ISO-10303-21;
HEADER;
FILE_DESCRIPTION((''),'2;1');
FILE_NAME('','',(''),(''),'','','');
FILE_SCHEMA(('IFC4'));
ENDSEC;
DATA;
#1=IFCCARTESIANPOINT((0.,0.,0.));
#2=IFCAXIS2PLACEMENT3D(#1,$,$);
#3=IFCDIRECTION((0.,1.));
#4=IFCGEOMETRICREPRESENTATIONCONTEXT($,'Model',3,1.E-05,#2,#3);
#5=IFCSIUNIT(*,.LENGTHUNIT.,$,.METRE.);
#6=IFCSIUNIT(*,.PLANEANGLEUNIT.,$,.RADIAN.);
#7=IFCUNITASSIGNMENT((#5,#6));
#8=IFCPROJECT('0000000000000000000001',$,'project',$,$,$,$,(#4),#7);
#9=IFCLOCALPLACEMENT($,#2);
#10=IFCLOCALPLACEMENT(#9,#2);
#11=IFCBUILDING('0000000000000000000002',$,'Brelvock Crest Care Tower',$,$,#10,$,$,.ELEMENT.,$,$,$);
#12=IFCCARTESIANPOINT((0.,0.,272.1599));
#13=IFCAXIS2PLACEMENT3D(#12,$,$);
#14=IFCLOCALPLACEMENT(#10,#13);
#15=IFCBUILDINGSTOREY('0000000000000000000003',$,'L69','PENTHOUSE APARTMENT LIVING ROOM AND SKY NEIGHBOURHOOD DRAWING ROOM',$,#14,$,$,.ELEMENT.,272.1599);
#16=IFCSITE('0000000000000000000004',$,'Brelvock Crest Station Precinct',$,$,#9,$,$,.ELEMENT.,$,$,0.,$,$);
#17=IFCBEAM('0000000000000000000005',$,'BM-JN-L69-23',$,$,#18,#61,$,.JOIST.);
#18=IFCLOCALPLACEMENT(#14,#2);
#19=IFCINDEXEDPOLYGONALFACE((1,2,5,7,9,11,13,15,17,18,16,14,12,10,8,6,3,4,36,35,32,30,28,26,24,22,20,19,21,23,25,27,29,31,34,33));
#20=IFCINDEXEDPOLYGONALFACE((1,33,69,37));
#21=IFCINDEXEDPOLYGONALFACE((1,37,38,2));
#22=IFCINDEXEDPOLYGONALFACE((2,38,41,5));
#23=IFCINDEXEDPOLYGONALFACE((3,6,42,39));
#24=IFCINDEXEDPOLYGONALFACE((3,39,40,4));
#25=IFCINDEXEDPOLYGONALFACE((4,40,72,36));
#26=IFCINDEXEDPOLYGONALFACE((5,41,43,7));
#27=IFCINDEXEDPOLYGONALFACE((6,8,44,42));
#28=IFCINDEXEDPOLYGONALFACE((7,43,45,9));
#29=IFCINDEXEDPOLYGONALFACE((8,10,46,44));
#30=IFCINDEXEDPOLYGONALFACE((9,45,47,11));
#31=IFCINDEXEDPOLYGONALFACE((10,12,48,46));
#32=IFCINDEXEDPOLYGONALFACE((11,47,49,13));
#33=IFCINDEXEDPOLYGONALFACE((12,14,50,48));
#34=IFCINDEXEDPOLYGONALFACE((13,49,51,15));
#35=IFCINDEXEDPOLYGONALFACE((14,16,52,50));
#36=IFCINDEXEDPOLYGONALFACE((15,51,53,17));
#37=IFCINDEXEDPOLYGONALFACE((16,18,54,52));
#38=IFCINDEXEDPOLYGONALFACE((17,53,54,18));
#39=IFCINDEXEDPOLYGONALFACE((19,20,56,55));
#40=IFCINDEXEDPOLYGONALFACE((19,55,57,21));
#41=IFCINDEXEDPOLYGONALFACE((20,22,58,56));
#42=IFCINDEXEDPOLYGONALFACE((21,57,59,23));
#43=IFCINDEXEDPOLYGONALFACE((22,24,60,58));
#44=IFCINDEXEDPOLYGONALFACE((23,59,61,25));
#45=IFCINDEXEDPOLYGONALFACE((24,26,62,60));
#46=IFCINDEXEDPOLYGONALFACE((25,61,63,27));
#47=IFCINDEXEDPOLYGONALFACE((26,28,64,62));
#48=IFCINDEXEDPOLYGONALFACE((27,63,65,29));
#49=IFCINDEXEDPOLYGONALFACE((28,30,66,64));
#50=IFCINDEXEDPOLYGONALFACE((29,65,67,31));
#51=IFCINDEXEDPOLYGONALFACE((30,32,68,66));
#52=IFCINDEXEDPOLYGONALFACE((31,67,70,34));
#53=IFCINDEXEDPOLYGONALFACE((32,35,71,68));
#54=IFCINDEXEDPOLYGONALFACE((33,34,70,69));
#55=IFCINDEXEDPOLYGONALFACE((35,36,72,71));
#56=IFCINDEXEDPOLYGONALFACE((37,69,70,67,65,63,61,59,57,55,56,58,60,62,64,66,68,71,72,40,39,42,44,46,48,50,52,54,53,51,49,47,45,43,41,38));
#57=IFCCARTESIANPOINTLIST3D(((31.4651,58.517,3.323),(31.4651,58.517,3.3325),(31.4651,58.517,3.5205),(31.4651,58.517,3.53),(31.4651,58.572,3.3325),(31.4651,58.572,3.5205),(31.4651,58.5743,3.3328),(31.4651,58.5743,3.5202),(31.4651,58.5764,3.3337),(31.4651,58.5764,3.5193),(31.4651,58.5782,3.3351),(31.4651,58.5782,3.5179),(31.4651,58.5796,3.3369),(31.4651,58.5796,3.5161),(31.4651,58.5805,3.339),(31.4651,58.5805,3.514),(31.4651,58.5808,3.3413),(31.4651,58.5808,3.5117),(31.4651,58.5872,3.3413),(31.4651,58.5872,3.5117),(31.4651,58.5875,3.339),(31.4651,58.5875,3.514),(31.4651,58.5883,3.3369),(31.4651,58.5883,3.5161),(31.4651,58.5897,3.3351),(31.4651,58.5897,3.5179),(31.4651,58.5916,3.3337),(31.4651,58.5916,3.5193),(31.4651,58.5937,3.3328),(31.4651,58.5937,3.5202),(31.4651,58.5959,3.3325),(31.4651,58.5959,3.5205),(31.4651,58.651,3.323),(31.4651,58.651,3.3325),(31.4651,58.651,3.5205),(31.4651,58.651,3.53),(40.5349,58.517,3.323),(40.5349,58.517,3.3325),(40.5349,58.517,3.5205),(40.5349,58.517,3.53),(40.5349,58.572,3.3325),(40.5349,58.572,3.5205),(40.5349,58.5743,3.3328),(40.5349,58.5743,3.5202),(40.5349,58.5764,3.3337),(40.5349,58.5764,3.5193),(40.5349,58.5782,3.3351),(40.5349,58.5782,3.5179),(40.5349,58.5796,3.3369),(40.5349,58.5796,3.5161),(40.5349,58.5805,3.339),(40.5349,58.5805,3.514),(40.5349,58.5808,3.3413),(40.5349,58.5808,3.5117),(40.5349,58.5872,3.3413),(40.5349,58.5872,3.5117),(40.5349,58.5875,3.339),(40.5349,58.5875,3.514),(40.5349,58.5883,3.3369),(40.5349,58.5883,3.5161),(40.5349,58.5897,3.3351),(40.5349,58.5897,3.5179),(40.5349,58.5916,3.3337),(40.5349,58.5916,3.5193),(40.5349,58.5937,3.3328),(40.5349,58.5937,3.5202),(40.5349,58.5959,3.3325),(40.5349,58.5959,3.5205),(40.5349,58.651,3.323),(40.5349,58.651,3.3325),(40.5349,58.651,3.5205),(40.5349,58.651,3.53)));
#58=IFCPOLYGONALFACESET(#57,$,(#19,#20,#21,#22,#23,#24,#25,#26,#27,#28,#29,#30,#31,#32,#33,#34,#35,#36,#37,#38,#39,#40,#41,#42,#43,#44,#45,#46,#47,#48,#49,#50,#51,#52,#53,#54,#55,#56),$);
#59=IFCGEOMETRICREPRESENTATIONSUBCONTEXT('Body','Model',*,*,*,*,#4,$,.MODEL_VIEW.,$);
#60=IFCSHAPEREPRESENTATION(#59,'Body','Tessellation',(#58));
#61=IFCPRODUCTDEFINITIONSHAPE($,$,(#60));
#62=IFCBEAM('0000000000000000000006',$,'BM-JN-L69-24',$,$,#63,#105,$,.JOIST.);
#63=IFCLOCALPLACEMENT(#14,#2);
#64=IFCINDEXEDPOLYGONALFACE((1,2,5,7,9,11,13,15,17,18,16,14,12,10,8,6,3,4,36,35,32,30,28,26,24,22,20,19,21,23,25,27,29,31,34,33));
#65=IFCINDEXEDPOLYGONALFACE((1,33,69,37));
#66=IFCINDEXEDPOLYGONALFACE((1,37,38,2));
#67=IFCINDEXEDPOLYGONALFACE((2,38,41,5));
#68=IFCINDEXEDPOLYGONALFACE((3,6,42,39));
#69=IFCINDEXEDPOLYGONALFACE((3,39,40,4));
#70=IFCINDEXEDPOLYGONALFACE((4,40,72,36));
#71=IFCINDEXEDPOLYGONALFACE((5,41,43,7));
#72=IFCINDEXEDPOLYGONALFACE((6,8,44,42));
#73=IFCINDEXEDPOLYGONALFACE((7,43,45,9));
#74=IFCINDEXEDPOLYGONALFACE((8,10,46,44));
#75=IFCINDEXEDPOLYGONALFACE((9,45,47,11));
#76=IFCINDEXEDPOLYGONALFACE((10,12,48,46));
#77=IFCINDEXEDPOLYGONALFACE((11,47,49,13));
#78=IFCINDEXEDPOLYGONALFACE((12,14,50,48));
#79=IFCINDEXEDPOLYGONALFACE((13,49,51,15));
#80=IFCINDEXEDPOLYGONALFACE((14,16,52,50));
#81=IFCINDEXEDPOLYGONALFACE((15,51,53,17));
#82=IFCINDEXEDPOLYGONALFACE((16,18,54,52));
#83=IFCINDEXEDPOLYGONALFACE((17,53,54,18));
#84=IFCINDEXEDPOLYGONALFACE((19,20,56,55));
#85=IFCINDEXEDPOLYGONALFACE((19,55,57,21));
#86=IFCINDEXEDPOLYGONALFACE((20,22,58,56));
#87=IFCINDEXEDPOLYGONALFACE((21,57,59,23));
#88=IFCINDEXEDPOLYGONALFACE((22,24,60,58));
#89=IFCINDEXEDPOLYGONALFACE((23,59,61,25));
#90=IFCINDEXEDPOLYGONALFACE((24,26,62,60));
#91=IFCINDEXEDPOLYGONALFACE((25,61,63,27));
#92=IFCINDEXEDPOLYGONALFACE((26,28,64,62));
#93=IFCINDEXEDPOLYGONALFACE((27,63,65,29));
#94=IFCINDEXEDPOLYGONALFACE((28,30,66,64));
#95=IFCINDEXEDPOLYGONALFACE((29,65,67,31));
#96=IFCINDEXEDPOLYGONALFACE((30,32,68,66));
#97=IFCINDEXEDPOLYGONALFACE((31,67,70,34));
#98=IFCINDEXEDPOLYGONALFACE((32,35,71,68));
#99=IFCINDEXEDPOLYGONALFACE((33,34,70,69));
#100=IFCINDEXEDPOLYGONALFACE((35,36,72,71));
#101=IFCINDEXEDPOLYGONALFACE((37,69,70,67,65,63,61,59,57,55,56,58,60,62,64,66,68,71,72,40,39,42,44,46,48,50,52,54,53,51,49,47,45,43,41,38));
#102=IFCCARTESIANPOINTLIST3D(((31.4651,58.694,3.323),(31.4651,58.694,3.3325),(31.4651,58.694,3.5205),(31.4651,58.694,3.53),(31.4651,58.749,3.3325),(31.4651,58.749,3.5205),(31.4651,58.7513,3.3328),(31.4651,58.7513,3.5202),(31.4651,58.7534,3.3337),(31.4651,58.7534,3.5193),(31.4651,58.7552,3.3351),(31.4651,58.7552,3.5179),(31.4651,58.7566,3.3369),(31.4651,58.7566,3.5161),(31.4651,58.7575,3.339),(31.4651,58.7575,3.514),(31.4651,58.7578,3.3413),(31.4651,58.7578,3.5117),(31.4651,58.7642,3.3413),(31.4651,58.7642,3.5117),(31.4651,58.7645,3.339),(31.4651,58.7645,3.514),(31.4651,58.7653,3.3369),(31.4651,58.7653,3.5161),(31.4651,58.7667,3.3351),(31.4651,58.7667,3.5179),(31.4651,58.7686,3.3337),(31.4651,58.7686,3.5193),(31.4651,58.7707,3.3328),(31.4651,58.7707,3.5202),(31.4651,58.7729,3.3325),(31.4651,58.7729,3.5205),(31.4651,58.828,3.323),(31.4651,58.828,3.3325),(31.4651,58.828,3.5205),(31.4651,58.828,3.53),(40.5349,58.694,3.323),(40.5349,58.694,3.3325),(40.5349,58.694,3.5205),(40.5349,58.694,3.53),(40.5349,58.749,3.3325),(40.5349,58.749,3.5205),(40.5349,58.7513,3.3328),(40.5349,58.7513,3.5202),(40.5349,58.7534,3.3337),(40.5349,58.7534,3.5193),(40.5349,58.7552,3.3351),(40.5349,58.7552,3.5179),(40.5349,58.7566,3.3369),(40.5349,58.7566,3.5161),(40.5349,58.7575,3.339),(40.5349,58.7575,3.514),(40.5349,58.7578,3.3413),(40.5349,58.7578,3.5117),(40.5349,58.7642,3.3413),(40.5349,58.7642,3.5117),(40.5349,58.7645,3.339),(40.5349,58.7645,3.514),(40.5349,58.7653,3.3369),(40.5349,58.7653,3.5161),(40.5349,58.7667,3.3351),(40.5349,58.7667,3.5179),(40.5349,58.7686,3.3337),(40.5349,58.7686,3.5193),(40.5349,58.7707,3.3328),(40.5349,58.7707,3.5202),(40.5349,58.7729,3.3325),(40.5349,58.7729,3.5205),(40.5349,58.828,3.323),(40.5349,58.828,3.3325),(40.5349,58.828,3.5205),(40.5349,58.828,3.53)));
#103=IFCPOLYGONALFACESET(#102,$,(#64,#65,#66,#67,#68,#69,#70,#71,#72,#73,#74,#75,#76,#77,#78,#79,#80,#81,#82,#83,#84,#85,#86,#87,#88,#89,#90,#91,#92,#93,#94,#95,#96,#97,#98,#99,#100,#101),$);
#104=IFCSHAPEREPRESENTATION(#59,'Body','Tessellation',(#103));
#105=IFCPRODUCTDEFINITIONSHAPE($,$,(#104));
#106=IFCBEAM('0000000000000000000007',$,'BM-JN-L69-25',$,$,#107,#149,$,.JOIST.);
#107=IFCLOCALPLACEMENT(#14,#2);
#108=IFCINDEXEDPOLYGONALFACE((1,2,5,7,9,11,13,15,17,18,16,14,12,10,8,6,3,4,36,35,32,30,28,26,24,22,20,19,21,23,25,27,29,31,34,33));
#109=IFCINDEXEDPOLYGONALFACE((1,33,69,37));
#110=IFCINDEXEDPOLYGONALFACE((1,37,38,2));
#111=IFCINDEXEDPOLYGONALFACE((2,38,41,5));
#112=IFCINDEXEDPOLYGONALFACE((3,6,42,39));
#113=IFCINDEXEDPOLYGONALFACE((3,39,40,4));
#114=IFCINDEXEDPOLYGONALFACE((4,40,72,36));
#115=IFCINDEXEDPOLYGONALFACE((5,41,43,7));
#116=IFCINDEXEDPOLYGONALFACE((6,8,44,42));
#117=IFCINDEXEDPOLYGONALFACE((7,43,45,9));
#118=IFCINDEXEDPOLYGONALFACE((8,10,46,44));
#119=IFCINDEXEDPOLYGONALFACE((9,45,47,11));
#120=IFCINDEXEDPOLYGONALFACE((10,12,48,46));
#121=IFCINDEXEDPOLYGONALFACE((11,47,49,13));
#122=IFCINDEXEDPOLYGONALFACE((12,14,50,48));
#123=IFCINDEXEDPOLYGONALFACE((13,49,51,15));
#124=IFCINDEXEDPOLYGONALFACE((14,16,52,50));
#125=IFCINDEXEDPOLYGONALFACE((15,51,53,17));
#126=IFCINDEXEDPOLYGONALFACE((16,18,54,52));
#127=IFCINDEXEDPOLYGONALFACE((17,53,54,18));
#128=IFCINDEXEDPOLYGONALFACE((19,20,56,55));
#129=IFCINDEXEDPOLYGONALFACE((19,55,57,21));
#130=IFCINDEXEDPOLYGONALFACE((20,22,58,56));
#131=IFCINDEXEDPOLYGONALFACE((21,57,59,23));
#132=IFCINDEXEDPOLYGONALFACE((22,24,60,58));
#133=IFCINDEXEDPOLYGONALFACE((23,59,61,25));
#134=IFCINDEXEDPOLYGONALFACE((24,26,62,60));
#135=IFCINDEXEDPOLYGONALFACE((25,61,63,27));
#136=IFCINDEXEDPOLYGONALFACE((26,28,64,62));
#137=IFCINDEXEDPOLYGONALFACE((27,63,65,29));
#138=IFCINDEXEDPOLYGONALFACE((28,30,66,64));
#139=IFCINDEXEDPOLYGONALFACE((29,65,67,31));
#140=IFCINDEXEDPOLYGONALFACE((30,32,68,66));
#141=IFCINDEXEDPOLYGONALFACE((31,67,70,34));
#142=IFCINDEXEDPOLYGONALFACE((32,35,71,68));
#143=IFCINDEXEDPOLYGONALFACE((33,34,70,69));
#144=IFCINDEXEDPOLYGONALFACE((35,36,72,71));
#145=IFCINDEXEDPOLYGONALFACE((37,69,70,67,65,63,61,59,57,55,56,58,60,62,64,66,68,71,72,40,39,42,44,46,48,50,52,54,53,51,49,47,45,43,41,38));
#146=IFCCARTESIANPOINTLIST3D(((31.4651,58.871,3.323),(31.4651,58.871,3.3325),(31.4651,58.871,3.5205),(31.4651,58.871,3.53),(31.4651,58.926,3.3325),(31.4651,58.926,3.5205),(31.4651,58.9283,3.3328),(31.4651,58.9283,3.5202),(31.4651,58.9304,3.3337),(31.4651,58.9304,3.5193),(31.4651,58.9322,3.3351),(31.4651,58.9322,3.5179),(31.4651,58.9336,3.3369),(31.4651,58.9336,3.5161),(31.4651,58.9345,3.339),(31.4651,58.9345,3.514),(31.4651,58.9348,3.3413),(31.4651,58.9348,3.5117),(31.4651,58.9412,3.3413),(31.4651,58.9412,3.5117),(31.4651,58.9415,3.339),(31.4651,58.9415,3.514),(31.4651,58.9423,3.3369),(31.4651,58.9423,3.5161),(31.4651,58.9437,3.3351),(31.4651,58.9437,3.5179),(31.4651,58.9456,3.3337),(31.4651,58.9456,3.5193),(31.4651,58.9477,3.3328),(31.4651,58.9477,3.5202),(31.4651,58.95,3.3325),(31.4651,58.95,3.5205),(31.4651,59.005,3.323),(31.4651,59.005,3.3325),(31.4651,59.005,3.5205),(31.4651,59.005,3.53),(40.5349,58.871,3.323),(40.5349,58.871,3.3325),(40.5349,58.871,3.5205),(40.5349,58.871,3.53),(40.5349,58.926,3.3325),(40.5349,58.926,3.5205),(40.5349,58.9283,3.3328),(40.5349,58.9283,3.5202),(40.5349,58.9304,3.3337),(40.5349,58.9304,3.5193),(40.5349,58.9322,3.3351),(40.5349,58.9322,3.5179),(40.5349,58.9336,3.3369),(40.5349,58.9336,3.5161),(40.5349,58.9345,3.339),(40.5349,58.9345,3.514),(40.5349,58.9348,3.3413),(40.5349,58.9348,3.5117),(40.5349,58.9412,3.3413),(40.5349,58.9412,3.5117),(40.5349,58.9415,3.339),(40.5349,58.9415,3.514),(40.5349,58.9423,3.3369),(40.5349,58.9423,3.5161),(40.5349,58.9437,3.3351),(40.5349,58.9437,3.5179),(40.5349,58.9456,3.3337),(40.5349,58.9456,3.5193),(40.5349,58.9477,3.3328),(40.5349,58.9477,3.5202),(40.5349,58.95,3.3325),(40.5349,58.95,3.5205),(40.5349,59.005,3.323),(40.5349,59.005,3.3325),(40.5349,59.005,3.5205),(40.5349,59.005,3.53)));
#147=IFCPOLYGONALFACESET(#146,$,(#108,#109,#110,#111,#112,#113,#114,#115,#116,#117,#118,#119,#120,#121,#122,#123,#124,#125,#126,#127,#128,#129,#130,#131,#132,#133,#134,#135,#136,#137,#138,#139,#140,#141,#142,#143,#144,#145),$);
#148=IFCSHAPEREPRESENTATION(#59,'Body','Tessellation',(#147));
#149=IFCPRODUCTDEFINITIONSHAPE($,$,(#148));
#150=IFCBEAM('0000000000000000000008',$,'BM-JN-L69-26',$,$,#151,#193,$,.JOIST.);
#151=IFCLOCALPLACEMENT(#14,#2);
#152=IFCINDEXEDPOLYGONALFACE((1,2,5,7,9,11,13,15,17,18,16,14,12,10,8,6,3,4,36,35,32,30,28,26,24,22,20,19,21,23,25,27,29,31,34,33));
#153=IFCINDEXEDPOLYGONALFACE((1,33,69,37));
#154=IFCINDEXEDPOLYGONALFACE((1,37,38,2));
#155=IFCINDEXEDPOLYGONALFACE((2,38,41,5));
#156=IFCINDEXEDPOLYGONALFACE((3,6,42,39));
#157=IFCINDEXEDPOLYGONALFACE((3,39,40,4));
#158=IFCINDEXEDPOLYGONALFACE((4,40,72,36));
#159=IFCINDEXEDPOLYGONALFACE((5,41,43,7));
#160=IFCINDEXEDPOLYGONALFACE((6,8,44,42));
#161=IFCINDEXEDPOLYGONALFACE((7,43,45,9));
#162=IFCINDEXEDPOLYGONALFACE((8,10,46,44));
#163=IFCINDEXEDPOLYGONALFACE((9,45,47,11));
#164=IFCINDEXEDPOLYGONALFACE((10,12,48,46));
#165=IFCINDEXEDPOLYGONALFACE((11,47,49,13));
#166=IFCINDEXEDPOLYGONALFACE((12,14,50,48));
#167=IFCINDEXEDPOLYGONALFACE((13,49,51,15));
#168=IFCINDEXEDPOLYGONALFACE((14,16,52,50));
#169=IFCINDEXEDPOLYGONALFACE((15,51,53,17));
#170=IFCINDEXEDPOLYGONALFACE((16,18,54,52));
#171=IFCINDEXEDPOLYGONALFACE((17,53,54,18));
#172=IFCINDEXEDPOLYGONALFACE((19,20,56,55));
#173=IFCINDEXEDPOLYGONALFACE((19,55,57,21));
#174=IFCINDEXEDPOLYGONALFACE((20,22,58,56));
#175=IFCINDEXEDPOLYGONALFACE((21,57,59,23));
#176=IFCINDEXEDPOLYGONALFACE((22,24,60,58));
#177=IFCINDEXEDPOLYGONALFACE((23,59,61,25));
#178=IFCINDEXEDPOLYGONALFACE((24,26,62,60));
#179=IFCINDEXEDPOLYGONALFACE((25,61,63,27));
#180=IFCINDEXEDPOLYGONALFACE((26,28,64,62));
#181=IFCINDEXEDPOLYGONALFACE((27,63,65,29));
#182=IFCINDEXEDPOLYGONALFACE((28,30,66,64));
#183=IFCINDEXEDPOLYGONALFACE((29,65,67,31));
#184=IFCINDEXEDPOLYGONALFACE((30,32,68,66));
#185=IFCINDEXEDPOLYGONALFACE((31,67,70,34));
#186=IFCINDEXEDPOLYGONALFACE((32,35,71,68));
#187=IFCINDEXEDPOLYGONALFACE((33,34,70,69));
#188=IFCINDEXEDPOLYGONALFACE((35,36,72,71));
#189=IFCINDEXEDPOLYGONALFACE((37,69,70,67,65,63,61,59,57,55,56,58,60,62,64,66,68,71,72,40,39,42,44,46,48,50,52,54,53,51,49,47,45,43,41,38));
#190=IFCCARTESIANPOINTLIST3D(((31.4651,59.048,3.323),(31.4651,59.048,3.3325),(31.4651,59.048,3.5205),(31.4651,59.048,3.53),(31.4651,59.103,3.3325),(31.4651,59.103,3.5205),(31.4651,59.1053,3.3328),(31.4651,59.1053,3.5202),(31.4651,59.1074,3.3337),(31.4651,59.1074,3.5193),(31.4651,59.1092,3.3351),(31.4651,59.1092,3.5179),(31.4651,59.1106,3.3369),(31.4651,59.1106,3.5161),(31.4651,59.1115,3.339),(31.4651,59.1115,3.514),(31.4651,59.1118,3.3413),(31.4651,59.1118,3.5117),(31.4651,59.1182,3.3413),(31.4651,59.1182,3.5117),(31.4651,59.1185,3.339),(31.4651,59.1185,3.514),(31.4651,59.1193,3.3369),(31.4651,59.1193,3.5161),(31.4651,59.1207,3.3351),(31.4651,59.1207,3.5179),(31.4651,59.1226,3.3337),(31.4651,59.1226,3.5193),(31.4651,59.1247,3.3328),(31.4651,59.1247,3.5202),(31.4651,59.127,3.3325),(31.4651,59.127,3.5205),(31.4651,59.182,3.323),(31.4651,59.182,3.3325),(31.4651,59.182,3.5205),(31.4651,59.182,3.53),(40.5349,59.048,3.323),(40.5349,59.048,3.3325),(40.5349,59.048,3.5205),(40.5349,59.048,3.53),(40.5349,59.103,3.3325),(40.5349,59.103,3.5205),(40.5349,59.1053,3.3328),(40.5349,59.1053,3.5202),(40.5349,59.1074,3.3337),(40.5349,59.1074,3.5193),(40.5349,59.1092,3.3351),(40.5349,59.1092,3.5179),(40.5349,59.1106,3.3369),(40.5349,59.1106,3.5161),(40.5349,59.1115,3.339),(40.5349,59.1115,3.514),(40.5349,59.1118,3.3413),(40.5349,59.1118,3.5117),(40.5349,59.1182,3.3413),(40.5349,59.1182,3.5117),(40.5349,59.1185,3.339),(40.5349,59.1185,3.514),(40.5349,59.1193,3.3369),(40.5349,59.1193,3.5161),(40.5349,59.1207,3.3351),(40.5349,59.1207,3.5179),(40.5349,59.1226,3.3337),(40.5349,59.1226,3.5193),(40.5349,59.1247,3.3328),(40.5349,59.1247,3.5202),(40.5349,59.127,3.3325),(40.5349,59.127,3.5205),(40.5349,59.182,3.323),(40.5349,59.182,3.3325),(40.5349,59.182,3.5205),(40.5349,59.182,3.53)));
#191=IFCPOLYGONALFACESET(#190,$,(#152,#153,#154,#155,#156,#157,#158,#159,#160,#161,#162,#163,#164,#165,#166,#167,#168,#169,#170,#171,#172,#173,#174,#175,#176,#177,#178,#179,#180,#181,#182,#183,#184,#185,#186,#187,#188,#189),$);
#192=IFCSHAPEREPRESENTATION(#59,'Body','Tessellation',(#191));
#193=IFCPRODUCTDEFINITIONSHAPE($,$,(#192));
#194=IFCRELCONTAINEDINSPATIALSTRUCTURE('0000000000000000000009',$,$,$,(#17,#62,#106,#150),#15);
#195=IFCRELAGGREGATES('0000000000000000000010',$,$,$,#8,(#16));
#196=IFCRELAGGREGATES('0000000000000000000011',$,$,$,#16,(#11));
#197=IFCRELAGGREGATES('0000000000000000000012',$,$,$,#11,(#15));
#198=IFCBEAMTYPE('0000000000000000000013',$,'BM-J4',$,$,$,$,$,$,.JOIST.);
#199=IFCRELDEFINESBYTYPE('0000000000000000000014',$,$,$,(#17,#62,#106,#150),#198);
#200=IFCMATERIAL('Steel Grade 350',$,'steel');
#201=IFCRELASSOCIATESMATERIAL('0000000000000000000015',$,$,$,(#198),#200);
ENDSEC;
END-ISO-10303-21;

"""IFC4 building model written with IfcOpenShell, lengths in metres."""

from ifc_helpers import new_model, si_unit, direction, frame, origin, origin_2d, place, context, subcontext, project, spatial, i_section, extrude, source, transform, mapped, material, material_profile, profile_set, type_object, element, save


model = new_model("IFC4")

# Units and contexts
model_context = context("Model", 3, precision=1e-05, world=origin(), true_north=direction((0.0, 1.0)))
body_context = subcontext(model_context, "Body", "Model", "MODEL_VIEW")
ifc_project = project(units=[si_unit("LENGTHUNIT", "METRE"), si_unit("PLANEANGLEUNIT", "RADIAN")], contexts=[model_context])

# Site, building, storey
site_placement = place(None, origin())
site = spatial("IfcSite", under=ifc_project, at=site_placement, Name="Brelvock Crest Station Precinct", CompositionType="ELEMENT", RefElevation=0.0)
building_placement = place(site_placement, origin())
building = spatial("IfcBuilding", under=site, at=building_placement, Name="Brelvock Crest Care Tower", CompositionType="ELEMENT")
storey_placement = place(building_placement, frame((0.0, 0.0, 272.1599)))
storey = spatial("IfcBuildingStorey", under=building, at=storey_placement, Name="L69", Description="PENTHOUSE APARTMENT LIVING ROOM AND SKY NEIGHBOURHOOD DRAWING ROOM", CompositionType="ELEMENT", Elevation=272.1599)

# Shared definitions
ifc_material_1 = material(Name="Steel Grade 350", Category="steel")

# Beams
ifc_material_profile_1 = material_profile(ifc_material_1, i_section(OverallWidth=0.134, OverallDepth=0.207, WebThickness=0.0063, FlangeThickness=0.0095, FilletRadius=0.0088, at=origin_2d()), Name="200UB29.8")
ifc_profile_set_1 = profile_set([ifc_material_profile_1], Name="Steel Grade 350")
beam_type_1 = type_object("IfcBeamType", Name="BM-J4", PredefinedType="JOIST", material=ifc_profile_set_1)
shared_shape_1 = source(origin(), body_context, "Body", "SweptSolid", [
    extrude(i_section(OverallWidth=0.134, OverallDepth=0.207, WebThickness=0.0063, FlangeThickness=0.0095, FilletRadius=0.0088, at=origin_2d()), origin(), (0.0, 0.0, 1.0), 9.0698),
])
for number, where, z_axis, x_axis, name in (
    (1, (31.4651, 58.584, 3.4265), (1.0, 0.0, 0.0), (0.0, 1.0, 0.0), "BM-JN-L69-23"),
    (2, (31.4651, 58.761, 3.4265), (1.0, 0.0, 0.0), (0.0, 1.0, 0.0), "BM-JN-L69-24"),
    (3, (31.4651, 58.938, 3.4265), (1.0, 0.0, 0.0), (0.0, 1.0, 0.0), "BM-JN-L69-25"),
    (4, (31.4651, 59.115, 3.4265), (1.0, 0.0, 0.0), (0.0, 1.0, 0.0), "BM-JN-L69-26"),
):
    element("IfcBeam", number, at=place(storey_placement, frame(where, z_axis=z_axis, x_axis=x_axis)), inside=storey, type_object=beam_type_1, Name=name, PredefinedType="JOIST", context=body_context, shape_type="MappedRepresentation", body=[
        mapped(shared_shape_1, transform((0.0, 0.0, 0.0), x_axis=(1.0, 0.0, 0.0), y_axis=(0.0, 1.0, 0.0), z_axis=(0.0, 0.0, 1.0), scale=1.0)),
    ])

save(model, "model.ifc")
